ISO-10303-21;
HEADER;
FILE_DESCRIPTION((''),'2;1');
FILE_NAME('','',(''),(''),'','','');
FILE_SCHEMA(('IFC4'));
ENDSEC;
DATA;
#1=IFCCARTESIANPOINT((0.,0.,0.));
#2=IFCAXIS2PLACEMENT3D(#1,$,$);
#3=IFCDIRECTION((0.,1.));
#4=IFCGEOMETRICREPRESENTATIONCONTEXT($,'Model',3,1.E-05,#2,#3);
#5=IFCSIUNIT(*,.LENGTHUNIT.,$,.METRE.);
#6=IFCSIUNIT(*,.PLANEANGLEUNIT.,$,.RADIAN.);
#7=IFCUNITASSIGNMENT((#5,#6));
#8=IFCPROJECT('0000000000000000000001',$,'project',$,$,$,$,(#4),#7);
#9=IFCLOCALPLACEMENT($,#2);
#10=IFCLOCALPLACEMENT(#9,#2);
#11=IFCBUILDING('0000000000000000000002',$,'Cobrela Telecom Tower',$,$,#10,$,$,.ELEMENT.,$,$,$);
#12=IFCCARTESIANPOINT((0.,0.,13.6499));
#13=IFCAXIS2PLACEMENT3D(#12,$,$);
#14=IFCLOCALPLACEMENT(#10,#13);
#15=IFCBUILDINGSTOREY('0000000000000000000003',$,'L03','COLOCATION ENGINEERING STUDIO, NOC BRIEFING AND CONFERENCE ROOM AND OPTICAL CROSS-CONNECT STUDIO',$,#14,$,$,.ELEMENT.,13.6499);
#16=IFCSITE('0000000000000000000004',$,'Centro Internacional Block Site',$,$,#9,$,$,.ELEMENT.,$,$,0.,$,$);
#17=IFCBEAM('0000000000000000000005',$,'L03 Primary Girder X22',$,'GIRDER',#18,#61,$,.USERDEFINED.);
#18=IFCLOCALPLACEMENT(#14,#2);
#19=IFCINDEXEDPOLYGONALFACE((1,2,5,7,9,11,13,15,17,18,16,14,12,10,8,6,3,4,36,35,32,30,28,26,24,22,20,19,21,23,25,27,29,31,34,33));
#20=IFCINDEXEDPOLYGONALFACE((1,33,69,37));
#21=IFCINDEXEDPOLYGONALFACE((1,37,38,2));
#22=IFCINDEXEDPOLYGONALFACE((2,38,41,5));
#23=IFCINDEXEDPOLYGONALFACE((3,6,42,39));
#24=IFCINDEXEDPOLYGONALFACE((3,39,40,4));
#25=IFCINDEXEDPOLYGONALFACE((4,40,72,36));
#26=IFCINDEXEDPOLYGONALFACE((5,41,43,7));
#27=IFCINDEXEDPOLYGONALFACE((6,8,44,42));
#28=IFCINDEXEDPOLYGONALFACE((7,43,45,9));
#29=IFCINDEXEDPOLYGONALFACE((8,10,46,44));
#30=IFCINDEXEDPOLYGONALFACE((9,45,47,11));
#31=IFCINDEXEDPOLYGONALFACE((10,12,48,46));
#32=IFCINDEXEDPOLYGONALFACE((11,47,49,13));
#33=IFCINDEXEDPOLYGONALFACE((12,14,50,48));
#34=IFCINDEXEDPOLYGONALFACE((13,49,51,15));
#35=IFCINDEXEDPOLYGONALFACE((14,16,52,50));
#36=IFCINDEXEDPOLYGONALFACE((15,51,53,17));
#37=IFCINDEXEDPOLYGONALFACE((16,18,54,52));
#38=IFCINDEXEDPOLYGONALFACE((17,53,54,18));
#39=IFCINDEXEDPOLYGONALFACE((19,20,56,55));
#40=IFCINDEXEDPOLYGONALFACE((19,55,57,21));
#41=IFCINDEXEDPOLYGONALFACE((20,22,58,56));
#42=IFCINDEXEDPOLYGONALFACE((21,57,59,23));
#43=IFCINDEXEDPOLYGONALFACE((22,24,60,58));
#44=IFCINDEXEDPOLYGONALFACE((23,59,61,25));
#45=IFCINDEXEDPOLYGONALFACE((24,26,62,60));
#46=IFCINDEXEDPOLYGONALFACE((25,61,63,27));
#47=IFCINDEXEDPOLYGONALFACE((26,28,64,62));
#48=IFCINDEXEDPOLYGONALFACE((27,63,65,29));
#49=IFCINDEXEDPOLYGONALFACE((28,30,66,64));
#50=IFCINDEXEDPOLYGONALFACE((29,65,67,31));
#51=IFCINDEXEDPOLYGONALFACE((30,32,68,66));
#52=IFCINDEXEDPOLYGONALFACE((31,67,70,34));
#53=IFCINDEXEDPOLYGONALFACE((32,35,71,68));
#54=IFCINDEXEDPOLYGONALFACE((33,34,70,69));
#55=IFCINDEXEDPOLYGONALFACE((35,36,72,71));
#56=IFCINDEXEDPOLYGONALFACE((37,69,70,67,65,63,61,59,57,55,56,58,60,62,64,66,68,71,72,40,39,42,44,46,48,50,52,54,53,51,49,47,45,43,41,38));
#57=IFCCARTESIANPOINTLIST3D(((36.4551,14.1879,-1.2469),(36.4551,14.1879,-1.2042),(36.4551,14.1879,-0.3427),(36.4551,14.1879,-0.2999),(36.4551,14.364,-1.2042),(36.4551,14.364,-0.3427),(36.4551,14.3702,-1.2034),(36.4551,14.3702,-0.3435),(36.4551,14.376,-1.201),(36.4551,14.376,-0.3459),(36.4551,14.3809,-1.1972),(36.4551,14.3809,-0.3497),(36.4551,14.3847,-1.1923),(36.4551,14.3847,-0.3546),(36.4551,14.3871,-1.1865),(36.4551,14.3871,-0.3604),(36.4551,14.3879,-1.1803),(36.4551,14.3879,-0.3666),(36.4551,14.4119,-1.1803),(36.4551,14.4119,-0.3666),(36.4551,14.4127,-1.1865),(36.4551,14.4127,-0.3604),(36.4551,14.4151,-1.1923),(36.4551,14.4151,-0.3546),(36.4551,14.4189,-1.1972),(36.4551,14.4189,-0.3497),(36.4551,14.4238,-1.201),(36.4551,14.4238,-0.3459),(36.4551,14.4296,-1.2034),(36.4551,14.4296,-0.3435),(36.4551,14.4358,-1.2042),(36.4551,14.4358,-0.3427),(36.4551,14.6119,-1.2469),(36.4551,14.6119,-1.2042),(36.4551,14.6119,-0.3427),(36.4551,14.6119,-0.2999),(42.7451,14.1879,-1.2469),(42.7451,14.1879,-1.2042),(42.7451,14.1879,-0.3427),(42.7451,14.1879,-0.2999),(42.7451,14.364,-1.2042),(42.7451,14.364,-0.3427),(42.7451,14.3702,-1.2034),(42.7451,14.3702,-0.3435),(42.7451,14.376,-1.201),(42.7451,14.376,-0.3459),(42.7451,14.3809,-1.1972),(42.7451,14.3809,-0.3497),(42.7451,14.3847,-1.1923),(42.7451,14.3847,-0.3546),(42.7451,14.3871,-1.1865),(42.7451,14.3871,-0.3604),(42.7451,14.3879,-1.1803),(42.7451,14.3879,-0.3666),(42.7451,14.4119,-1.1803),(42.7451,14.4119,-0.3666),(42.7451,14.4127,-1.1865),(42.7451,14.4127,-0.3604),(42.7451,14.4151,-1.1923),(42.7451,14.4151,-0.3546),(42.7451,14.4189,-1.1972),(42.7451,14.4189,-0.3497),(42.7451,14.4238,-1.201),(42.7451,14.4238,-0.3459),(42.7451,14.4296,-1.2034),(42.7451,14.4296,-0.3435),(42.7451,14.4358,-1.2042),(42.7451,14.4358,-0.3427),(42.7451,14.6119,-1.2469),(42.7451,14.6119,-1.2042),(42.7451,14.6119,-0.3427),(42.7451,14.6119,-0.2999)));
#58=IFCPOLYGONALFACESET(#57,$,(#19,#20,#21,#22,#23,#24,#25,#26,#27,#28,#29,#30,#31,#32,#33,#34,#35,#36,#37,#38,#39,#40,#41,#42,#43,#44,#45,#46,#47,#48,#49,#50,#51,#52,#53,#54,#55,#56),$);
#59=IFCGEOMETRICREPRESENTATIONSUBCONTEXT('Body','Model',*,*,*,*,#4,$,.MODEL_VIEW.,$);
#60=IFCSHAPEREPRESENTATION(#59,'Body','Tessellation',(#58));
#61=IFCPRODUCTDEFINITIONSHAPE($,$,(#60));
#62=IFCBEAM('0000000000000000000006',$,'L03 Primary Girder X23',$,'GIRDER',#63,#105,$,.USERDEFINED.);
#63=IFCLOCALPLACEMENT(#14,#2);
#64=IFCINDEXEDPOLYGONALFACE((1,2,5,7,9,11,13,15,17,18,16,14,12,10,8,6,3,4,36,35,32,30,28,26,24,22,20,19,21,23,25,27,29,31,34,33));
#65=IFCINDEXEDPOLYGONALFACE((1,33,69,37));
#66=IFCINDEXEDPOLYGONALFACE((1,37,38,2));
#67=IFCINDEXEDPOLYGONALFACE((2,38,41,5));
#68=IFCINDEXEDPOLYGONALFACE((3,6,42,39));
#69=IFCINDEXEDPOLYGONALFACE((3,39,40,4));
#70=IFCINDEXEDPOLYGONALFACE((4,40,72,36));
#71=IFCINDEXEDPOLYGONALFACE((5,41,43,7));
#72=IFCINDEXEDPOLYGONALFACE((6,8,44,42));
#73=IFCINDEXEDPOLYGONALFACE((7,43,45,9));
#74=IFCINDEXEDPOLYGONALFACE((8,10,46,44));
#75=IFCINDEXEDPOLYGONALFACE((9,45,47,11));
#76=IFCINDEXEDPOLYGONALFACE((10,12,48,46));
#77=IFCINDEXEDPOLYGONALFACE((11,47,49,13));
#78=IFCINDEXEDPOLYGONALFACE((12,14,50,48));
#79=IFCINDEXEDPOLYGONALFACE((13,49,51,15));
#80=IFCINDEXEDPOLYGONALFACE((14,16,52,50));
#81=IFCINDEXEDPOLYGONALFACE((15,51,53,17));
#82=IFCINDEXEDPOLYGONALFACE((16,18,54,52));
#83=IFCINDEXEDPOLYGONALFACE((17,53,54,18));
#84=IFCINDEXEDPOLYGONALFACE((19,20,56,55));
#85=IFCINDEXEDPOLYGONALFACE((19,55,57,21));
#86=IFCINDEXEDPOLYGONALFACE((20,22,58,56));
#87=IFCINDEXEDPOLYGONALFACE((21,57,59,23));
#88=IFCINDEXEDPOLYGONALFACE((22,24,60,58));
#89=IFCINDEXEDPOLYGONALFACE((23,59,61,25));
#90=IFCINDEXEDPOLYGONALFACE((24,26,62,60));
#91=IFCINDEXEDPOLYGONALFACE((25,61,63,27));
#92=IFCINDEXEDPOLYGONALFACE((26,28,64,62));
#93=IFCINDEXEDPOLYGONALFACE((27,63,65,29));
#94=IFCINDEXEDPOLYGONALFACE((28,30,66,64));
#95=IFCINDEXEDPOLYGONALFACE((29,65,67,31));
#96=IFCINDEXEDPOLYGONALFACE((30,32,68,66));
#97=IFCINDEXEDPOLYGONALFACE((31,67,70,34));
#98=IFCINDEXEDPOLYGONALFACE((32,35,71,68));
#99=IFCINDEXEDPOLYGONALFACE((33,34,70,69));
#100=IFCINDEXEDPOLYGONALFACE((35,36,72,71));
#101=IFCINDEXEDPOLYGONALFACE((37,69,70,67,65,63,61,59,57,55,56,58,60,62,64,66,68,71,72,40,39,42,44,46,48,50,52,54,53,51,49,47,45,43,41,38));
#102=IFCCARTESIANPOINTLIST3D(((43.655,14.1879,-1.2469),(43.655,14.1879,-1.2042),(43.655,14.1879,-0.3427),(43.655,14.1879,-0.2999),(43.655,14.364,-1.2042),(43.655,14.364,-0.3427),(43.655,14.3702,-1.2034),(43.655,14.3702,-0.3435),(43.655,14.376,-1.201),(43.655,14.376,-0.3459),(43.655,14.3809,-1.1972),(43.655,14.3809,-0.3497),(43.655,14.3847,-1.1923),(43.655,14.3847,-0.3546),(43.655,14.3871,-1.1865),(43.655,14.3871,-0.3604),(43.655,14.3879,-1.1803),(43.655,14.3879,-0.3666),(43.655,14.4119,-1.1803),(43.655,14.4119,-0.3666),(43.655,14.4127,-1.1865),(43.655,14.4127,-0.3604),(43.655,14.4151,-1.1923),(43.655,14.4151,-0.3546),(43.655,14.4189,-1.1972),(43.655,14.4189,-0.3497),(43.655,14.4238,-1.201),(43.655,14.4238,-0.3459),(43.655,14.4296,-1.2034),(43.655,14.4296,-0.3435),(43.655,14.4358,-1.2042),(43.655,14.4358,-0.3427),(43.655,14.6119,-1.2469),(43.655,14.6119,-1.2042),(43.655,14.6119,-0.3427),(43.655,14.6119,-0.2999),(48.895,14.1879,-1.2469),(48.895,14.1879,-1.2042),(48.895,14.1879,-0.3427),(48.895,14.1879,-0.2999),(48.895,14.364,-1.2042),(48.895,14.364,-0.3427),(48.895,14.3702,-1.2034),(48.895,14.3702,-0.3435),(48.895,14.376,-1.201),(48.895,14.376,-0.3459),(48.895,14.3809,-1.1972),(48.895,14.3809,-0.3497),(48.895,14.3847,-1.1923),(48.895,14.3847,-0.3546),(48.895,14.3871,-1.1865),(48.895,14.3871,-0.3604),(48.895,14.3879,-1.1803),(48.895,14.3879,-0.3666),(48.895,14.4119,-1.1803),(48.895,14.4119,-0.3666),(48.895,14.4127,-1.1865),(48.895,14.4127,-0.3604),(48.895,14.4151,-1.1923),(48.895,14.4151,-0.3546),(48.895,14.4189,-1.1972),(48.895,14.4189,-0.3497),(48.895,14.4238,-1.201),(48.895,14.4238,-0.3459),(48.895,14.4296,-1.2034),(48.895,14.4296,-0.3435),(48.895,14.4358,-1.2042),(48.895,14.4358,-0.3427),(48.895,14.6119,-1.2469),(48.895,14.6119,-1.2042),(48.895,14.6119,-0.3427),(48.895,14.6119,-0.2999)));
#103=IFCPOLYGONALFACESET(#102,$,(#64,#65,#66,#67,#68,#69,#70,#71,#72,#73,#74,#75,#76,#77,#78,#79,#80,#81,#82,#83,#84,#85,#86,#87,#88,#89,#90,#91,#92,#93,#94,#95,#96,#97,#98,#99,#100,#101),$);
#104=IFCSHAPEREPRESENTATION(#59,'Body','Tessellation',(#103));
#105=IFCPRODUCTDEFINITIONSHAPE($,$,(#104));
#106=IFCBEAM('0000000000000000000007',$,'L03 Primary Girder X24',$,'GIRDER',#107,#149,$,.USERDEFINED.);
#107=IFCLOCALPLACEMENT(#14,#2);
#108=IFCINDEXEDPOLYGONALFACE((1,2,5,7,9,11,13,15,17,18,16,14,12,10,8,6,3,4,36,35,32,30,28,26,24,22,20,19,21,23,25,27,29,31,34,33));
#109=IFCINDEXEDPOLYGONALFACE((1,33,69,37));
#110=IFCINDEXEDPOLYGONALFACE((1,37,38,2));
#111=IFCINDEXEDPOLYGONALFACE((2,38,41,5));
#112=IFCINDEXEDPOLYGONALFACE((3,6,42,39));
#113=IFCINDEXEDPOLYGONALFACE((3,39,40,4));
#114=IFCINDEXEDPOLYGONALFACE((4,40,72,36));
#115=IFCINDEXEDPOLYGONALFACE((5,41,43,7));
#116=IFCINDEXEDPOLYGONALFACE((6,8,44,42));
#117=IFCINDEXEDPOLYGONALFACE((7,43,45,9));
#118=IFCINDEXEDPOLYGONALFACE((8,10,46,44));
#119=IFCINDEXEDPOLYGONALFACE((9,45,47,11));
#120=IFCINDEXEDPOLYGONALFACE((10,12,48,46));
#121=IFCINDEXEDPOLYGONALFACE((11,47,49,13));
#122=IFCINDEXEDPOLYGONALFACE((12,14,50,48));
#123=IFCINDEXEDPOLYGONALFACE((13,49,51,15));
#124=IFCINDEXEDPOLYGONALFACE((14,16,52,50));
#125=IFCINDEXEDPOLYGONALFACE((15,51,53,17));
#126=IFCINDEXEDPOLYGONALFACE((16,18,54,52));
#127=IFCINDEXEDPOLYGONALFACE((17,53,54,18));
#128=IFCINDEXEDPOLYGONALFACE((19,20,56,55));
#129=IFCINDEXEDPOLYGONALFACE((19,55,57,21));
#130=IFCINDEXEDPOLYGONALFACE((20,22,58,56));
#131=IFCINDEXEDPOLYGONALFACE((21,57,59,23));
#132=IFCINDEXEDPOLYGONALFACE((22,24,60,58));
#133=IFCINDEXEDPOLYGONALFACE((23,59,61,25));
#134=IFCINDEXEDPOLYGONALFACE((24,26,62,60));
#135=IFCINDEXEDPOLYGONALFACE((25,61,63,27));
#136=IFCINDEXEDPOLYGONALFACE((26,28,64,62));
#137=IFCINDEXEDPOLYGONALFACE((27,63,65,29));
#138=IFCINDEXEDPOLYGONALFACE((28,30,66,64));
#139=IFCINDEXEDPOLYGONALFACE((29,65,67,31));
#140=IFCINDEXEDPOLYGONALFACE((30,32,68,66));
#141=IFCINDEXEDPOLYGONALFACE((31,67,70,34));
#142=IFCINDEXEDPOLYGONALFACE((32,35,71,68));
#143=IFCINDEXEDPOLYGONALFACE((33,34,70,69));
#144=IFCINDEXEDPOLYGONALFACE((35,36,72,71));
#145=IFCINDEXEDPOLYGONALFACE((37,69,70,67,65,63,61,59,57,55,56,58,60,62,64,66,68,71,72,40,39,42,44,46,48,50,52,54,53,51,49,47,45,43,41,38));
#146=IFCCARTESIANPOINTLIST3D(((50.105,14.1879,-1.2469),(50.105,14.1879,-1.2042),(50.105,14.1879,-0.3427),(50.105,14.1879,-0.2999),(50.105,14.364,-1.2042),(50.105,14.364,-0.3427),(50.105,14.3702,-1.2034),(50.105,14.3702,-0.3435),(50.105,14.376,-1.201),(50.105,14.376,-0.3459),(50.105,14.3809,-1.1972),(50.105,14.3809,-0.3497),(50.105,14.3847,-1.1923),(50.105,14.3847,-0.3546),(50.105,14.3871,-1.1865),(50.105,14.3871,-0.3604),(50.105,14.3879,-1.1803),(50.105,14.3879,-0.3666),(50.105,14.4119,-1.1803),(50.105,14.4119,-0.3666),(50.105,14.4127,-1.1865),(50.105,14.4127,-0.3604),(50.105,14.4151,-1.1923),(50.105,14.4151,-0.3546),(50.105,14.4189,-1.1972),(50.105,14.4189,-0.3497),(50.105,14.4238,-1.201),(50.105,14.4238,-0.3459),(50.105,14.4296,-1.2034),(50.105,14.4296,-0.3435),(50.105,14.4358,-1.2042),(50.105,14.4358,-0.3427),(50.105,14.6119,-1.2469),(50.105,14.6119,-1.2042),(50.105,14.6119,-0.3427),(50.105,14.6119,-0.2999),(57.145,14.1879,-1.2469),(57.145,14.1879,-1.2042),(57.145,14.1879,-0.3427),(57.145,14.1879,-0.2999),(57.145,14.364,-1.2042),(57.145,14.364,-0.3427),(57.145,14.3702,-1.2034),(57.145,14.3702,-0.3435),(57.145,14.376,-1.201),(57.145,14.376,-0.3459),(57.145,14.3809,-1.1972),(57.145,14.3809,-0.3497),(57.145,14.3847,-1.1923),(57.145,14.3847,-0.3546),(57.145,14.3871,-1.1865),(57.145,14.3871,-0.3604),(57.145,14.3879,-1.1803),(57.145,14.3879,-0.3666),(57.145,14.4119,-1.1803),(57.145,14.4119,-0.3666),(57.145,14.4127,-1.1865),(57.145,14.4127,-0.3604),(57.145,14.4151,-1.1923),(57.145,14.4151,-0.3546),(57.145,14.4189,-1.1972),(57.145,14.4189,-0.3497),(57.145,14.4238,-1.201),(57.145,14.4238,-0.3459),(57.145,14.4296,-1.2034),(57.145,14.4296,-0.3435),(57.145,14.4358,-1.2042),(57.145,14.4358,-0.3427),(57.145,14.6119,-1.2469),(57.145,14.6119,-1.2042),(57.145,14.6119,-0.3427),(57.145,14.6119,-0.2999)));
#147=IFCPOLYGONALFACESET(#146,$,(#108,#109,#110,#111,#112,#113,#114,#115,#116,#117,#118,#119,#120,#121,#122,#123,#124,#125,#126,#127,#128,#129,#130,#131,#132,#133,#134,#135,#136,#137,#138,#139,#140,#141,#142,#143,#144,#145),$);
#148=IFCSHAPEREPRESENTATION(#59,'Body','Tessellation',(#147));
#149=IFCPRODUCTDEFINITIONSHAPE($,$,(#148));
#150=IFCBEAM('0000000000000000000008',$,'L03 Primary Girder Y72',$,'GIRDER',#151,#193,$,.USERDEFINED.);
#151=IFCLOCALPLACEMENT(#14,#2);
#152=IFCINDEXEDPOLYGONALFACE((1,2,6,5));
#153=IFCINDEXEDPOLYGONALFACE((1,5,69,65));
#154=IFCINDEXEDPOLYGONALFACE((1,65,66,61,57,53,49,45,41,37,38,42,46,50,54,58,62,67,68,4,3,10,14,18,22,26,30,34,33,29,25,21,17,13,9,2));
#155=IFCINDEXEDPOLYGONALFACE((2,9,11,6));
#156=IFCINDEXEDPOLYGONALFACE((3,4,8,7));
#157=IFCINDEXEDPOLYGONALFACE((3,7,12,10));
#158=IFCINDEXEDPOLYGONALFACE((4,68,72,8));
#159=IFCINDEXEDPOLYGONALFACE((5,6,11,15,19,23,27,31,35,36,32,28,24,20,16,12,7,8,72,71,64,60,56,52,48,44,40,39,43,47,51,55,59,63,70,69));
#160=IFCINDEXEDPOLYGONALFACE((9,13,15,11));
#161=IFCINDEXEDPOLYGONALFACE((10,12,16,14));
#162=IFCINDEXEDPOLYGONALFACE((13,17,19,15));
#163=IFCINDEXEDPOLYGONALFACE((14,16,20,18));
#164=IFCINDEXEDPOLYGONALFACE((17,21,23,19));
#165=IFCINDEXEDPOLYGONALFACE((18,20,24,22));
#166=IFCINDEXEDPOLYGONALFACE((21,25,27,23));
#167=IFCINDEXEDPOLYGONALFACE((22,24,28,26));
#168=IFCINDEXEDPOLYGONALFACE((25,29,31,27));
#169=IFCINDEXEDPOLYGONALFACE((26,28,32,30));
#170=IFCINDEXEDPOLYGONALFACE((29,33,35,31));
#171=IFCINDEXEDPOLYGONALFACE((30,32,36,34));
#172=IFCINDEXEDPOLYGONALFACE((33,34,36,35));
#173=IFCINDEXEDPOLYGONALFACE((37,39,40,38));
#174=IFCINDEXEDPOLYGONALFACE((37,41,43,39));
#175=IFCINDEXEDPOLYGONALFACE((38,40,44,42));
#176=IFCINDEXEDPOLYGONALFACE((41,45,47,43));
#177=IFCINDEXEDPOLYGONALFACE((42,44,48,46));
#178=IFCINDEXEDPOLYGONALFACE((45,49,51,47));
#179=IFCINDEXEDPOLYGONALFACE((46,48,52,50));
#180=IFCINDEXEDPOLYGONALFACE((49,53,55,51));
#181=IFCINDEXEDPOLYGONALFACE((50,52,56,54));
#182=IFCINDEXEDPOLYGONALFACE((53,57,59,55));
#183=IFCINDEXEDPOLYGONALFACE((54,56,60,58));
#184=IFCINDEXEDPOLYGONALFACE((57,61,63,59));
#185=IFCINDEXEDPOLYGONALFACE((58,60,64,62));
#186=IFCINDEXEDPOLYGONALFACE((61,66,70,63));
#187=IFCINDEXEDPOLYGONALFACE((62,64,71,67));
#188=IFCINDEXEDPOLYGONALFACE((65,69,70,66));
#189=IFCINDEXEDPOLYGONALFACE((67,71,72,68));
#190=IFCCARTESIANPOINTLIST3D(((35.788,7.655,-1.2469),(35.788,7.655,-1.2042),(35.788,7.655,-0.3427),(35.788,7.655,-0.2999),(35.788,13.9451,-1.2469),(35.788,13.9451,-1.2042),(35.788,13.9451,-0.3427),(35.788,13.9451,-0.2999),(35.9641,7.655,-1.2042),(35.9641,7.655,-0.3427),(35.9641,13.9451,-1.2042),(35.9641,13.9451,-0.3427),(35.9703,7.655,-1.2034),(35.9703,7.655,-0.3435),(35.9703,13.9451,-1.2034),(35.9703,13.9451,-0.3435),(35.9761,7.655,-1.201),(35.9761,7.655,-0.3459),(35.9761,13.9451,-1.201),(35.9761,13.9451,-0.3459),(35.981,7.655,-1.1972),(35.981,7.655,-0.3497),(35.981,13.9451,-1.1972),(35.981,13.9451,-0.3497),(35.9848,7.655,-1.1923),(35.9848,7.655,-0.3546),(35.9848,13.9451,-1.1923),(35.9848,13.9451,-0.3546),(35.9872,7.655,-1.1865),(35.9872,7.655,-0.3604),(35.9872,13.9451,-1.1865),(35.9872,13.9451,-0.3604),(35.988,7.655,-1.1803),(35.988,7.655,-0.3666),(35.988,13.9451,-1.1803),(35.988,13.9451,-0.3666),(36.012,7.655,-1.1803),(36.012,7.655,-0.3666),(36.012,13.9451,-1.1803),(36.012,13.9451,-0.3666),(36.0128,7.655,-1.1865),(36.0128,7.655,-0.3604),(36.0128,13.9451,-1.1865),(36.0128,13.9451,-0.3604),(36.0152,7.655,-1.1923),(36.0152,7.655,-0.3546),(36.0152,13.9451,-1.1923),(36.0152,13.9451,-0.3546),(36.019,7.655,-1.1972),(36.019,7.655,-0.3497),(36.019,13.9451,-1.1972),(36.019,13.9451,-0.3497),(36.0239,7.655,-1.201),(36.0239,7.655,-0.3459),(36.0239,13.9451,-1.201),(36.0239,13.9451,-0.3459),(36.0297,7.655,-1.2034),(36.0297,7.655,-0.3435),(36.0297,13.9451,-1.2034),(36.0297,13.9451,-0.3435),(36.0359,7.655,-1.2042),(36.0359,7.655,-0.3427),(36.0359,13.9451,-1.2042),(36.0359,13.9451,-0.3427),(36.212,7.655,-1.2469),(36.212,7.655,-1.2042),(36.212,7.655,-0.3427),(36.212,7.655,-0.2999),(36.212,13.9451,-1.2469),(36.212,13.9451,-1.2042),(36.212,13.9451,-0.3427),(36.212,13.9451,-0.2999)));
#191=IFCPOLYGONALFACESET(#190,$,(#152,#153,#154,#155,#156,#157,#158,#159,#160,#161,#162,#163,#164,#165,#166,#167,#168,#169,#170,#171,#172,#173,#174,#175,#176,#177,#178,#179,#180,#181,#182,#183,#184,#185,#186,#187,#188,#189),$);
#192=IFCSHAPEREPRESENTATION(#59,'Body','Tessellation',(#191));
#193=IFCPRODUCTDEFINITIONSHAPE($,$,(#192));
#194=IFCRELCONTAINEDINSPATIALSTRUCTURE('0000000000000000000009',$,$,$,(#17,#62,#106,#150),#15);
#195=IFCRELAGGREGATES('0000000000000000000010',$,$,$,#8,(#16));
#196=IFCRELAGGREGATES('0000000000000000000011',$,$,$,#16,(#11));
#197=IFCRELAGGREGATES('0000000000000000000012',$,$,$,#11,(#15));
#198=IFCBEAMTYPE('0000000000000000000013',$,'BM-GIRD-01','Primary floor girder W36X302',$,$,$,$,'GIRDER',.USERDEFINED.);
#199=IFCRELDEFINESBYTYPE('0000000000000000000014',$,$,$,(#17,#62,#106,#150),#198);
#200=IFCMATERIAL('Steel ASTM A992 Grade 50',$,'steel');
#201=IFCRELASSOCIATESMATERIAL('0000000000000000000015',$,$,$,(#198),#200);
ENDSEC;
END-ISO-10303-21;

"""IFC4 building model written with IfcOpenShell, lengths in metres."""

from ifc_helpers import new_model, si_unit, direction, frame, origin, origin_2d, place, context, subcontext, project, spatial, i_section, extrude, material, material_profile, profile_set, type_object, element, save


model = new_model("IFC4")

# Units and contexts
model_context = context("Model", 3, precision=1e-05, world=origin(), true_north=direction((0.0, 1.0)))
body_context = subcontext(model_context, "Body", "Model", "MODEL_VIEW")
ifc_project = project(units=[si_unit("LENGTHUNIT", "METRE"), si_unit("PLANEANGLEUNIT", "RADIAN")], contexts=[model_context])

# Site, building, storey
site_placement = place(None, origin())
site = spatial("IfcSite", under=ifc_project, at=site_placement, Name="Centro Internacional Block Site", CompositionType="ELEMENT", RefElevation=0.0)
building_placement = place(site_placement, origin())
building = spatial("IfcBuilding", under=site, at=building_placement, Name="Cobrela Telecom Tower", CompositionType="ELEMENT")
storey_placement = place(building_placement, frame((0.0, 0.0, 13.6499)))
storey = spatial("IfcBuildingStorey", under=building, at=storey_placement, Name="L03", Description="COLOCATION ENGINEERING STUDIO, NOC BRIEFING AND CONFERENCE ROOM AND OPTICAL CROSS-CONNECT STUDIO", CompositionType="ELEMENT", Elevation=13.6499)

# Beams
ifc_material_1 = material(Name="Steel ASTM A992 Grade 50", Category="steel")
ifc_material_profile_1 = material_profile(ifc_material_1, i_section(OverallWidth=0.4241, OverallDepth=0.947, WebThickness=0.0239, FlangeThickness=0.0427, FilletRadius=0.0239, at=origin_2d()), Name="W36X302")
ifc_profile_set_1 = profile_set([ifc_material_profile_1], Name="Steel ASTM A992 Grade 50")
beam_type_1 = type_object("IfcBeamType", Name="BM-GIRD-01", Description="Primary floor girder W36X302", ElementType="GIRDER", PredefinedType="USERDEFINED", material=ifc_profile_set_1)
beam_1_placement = place(storey_placement, frame((36.4551, 14.3999, -0.7734), z_axis=(1.0, 0.0, 0.0), x_axis=(0.0, 1.0, 0.0)))
element("IfcBeam", 1, at=beam_1_placement, inside=storey, type_object=beam_type_1, Name="L03 Primary Girder X22", ObjectType="GIRDER", PredefinedType="USERDEFINED", context=body_context, shape_type="SweptSolid", body=[
    extrude(i_section(OverallWidth=0.4241, OverallDepth=0.947, WebThickness=0.0239, FlangeThickness=0.0427, FilletRadius=0.0239, at=origin_2d()), origin(), (0.0, 0.0, 1.0), 6.29),
])
beam_2_placement = place(storey_placement, frame((43.655, 14.3999, -0.7734), z_axis=(1.0, 0.0, 0.0), x_axis=(0.0, 1.0, 0.0)))
element("IfcBeam", 2, at=beam_2_placement, inside=storey, type_object=beam_type_1, Name="L03 Primary Girder X23", ObjectType="GIRDER", PredefinedType="USERDEFINED", context=body_context, shape_type="SweptSolid", body=[
    extrude(i_section(OverallWidth=0.4241, OverallDepth=0.947, WebThickness=0.0239, FlangeThickness=0.0427, FilletRadius=0.0239, at=origin_2d()), origin(), (0.0, 0.0, 1.0), 5.24),
])
beam_3_placement = place(storey_placement, frame((50.105, 14.3999, -0.7734), z_axis=(1.0, 0.0, 0.0), x_axis=(0.0, 1.0, 0.0)))
element("IfcBeam", 3, at=beam_3_placement, inside=storey, type_object=beam_type_1, Name="L03 Primary Girder X24", ObjectType="GIRDER", PredefinedType="USERDEFINED", context=body_context, shape_type="SweptSolid", body=[
    extrude(i_section(OverallWidth=0.4241, OverallDepth=0.947, WebThickness=0.0239, FlangeThickness=0.0427, FilletRadius=0.0239, at=origin_2d()), origin(), (0.0, 0.0, 1.0), 7.04),
])
for number, where, z_axis, x_axis, name in (
    (4, (36.0, 7.655, -0.7734), (0.0, 1.0, 0.0), (-1.0, 0.0, 0.0), "L03 Primary Girder Y72"),
):
    element("IfcBeam", number, at=place(storey_placement, frame(where, z_axis=z_axis, x_axis=x_axis)), inside=storey, type_object=beam_type_1, Name=name, ObjectType="GIRDER", PredefinedType="USERDEFINED", context=body_context, shape_type="SweptSolid", body=[
        extrude(i_section(OverallWidth=0.4241, OverallDepth=0.947, WebThickness=0.0239, FlangeThickness=0.0427, FilletRadius=0.0239, at=origin_2d()), origin(), (0.0, 0.0, 1.0), 6.29),
    ])

save(model, "model.ifc")
